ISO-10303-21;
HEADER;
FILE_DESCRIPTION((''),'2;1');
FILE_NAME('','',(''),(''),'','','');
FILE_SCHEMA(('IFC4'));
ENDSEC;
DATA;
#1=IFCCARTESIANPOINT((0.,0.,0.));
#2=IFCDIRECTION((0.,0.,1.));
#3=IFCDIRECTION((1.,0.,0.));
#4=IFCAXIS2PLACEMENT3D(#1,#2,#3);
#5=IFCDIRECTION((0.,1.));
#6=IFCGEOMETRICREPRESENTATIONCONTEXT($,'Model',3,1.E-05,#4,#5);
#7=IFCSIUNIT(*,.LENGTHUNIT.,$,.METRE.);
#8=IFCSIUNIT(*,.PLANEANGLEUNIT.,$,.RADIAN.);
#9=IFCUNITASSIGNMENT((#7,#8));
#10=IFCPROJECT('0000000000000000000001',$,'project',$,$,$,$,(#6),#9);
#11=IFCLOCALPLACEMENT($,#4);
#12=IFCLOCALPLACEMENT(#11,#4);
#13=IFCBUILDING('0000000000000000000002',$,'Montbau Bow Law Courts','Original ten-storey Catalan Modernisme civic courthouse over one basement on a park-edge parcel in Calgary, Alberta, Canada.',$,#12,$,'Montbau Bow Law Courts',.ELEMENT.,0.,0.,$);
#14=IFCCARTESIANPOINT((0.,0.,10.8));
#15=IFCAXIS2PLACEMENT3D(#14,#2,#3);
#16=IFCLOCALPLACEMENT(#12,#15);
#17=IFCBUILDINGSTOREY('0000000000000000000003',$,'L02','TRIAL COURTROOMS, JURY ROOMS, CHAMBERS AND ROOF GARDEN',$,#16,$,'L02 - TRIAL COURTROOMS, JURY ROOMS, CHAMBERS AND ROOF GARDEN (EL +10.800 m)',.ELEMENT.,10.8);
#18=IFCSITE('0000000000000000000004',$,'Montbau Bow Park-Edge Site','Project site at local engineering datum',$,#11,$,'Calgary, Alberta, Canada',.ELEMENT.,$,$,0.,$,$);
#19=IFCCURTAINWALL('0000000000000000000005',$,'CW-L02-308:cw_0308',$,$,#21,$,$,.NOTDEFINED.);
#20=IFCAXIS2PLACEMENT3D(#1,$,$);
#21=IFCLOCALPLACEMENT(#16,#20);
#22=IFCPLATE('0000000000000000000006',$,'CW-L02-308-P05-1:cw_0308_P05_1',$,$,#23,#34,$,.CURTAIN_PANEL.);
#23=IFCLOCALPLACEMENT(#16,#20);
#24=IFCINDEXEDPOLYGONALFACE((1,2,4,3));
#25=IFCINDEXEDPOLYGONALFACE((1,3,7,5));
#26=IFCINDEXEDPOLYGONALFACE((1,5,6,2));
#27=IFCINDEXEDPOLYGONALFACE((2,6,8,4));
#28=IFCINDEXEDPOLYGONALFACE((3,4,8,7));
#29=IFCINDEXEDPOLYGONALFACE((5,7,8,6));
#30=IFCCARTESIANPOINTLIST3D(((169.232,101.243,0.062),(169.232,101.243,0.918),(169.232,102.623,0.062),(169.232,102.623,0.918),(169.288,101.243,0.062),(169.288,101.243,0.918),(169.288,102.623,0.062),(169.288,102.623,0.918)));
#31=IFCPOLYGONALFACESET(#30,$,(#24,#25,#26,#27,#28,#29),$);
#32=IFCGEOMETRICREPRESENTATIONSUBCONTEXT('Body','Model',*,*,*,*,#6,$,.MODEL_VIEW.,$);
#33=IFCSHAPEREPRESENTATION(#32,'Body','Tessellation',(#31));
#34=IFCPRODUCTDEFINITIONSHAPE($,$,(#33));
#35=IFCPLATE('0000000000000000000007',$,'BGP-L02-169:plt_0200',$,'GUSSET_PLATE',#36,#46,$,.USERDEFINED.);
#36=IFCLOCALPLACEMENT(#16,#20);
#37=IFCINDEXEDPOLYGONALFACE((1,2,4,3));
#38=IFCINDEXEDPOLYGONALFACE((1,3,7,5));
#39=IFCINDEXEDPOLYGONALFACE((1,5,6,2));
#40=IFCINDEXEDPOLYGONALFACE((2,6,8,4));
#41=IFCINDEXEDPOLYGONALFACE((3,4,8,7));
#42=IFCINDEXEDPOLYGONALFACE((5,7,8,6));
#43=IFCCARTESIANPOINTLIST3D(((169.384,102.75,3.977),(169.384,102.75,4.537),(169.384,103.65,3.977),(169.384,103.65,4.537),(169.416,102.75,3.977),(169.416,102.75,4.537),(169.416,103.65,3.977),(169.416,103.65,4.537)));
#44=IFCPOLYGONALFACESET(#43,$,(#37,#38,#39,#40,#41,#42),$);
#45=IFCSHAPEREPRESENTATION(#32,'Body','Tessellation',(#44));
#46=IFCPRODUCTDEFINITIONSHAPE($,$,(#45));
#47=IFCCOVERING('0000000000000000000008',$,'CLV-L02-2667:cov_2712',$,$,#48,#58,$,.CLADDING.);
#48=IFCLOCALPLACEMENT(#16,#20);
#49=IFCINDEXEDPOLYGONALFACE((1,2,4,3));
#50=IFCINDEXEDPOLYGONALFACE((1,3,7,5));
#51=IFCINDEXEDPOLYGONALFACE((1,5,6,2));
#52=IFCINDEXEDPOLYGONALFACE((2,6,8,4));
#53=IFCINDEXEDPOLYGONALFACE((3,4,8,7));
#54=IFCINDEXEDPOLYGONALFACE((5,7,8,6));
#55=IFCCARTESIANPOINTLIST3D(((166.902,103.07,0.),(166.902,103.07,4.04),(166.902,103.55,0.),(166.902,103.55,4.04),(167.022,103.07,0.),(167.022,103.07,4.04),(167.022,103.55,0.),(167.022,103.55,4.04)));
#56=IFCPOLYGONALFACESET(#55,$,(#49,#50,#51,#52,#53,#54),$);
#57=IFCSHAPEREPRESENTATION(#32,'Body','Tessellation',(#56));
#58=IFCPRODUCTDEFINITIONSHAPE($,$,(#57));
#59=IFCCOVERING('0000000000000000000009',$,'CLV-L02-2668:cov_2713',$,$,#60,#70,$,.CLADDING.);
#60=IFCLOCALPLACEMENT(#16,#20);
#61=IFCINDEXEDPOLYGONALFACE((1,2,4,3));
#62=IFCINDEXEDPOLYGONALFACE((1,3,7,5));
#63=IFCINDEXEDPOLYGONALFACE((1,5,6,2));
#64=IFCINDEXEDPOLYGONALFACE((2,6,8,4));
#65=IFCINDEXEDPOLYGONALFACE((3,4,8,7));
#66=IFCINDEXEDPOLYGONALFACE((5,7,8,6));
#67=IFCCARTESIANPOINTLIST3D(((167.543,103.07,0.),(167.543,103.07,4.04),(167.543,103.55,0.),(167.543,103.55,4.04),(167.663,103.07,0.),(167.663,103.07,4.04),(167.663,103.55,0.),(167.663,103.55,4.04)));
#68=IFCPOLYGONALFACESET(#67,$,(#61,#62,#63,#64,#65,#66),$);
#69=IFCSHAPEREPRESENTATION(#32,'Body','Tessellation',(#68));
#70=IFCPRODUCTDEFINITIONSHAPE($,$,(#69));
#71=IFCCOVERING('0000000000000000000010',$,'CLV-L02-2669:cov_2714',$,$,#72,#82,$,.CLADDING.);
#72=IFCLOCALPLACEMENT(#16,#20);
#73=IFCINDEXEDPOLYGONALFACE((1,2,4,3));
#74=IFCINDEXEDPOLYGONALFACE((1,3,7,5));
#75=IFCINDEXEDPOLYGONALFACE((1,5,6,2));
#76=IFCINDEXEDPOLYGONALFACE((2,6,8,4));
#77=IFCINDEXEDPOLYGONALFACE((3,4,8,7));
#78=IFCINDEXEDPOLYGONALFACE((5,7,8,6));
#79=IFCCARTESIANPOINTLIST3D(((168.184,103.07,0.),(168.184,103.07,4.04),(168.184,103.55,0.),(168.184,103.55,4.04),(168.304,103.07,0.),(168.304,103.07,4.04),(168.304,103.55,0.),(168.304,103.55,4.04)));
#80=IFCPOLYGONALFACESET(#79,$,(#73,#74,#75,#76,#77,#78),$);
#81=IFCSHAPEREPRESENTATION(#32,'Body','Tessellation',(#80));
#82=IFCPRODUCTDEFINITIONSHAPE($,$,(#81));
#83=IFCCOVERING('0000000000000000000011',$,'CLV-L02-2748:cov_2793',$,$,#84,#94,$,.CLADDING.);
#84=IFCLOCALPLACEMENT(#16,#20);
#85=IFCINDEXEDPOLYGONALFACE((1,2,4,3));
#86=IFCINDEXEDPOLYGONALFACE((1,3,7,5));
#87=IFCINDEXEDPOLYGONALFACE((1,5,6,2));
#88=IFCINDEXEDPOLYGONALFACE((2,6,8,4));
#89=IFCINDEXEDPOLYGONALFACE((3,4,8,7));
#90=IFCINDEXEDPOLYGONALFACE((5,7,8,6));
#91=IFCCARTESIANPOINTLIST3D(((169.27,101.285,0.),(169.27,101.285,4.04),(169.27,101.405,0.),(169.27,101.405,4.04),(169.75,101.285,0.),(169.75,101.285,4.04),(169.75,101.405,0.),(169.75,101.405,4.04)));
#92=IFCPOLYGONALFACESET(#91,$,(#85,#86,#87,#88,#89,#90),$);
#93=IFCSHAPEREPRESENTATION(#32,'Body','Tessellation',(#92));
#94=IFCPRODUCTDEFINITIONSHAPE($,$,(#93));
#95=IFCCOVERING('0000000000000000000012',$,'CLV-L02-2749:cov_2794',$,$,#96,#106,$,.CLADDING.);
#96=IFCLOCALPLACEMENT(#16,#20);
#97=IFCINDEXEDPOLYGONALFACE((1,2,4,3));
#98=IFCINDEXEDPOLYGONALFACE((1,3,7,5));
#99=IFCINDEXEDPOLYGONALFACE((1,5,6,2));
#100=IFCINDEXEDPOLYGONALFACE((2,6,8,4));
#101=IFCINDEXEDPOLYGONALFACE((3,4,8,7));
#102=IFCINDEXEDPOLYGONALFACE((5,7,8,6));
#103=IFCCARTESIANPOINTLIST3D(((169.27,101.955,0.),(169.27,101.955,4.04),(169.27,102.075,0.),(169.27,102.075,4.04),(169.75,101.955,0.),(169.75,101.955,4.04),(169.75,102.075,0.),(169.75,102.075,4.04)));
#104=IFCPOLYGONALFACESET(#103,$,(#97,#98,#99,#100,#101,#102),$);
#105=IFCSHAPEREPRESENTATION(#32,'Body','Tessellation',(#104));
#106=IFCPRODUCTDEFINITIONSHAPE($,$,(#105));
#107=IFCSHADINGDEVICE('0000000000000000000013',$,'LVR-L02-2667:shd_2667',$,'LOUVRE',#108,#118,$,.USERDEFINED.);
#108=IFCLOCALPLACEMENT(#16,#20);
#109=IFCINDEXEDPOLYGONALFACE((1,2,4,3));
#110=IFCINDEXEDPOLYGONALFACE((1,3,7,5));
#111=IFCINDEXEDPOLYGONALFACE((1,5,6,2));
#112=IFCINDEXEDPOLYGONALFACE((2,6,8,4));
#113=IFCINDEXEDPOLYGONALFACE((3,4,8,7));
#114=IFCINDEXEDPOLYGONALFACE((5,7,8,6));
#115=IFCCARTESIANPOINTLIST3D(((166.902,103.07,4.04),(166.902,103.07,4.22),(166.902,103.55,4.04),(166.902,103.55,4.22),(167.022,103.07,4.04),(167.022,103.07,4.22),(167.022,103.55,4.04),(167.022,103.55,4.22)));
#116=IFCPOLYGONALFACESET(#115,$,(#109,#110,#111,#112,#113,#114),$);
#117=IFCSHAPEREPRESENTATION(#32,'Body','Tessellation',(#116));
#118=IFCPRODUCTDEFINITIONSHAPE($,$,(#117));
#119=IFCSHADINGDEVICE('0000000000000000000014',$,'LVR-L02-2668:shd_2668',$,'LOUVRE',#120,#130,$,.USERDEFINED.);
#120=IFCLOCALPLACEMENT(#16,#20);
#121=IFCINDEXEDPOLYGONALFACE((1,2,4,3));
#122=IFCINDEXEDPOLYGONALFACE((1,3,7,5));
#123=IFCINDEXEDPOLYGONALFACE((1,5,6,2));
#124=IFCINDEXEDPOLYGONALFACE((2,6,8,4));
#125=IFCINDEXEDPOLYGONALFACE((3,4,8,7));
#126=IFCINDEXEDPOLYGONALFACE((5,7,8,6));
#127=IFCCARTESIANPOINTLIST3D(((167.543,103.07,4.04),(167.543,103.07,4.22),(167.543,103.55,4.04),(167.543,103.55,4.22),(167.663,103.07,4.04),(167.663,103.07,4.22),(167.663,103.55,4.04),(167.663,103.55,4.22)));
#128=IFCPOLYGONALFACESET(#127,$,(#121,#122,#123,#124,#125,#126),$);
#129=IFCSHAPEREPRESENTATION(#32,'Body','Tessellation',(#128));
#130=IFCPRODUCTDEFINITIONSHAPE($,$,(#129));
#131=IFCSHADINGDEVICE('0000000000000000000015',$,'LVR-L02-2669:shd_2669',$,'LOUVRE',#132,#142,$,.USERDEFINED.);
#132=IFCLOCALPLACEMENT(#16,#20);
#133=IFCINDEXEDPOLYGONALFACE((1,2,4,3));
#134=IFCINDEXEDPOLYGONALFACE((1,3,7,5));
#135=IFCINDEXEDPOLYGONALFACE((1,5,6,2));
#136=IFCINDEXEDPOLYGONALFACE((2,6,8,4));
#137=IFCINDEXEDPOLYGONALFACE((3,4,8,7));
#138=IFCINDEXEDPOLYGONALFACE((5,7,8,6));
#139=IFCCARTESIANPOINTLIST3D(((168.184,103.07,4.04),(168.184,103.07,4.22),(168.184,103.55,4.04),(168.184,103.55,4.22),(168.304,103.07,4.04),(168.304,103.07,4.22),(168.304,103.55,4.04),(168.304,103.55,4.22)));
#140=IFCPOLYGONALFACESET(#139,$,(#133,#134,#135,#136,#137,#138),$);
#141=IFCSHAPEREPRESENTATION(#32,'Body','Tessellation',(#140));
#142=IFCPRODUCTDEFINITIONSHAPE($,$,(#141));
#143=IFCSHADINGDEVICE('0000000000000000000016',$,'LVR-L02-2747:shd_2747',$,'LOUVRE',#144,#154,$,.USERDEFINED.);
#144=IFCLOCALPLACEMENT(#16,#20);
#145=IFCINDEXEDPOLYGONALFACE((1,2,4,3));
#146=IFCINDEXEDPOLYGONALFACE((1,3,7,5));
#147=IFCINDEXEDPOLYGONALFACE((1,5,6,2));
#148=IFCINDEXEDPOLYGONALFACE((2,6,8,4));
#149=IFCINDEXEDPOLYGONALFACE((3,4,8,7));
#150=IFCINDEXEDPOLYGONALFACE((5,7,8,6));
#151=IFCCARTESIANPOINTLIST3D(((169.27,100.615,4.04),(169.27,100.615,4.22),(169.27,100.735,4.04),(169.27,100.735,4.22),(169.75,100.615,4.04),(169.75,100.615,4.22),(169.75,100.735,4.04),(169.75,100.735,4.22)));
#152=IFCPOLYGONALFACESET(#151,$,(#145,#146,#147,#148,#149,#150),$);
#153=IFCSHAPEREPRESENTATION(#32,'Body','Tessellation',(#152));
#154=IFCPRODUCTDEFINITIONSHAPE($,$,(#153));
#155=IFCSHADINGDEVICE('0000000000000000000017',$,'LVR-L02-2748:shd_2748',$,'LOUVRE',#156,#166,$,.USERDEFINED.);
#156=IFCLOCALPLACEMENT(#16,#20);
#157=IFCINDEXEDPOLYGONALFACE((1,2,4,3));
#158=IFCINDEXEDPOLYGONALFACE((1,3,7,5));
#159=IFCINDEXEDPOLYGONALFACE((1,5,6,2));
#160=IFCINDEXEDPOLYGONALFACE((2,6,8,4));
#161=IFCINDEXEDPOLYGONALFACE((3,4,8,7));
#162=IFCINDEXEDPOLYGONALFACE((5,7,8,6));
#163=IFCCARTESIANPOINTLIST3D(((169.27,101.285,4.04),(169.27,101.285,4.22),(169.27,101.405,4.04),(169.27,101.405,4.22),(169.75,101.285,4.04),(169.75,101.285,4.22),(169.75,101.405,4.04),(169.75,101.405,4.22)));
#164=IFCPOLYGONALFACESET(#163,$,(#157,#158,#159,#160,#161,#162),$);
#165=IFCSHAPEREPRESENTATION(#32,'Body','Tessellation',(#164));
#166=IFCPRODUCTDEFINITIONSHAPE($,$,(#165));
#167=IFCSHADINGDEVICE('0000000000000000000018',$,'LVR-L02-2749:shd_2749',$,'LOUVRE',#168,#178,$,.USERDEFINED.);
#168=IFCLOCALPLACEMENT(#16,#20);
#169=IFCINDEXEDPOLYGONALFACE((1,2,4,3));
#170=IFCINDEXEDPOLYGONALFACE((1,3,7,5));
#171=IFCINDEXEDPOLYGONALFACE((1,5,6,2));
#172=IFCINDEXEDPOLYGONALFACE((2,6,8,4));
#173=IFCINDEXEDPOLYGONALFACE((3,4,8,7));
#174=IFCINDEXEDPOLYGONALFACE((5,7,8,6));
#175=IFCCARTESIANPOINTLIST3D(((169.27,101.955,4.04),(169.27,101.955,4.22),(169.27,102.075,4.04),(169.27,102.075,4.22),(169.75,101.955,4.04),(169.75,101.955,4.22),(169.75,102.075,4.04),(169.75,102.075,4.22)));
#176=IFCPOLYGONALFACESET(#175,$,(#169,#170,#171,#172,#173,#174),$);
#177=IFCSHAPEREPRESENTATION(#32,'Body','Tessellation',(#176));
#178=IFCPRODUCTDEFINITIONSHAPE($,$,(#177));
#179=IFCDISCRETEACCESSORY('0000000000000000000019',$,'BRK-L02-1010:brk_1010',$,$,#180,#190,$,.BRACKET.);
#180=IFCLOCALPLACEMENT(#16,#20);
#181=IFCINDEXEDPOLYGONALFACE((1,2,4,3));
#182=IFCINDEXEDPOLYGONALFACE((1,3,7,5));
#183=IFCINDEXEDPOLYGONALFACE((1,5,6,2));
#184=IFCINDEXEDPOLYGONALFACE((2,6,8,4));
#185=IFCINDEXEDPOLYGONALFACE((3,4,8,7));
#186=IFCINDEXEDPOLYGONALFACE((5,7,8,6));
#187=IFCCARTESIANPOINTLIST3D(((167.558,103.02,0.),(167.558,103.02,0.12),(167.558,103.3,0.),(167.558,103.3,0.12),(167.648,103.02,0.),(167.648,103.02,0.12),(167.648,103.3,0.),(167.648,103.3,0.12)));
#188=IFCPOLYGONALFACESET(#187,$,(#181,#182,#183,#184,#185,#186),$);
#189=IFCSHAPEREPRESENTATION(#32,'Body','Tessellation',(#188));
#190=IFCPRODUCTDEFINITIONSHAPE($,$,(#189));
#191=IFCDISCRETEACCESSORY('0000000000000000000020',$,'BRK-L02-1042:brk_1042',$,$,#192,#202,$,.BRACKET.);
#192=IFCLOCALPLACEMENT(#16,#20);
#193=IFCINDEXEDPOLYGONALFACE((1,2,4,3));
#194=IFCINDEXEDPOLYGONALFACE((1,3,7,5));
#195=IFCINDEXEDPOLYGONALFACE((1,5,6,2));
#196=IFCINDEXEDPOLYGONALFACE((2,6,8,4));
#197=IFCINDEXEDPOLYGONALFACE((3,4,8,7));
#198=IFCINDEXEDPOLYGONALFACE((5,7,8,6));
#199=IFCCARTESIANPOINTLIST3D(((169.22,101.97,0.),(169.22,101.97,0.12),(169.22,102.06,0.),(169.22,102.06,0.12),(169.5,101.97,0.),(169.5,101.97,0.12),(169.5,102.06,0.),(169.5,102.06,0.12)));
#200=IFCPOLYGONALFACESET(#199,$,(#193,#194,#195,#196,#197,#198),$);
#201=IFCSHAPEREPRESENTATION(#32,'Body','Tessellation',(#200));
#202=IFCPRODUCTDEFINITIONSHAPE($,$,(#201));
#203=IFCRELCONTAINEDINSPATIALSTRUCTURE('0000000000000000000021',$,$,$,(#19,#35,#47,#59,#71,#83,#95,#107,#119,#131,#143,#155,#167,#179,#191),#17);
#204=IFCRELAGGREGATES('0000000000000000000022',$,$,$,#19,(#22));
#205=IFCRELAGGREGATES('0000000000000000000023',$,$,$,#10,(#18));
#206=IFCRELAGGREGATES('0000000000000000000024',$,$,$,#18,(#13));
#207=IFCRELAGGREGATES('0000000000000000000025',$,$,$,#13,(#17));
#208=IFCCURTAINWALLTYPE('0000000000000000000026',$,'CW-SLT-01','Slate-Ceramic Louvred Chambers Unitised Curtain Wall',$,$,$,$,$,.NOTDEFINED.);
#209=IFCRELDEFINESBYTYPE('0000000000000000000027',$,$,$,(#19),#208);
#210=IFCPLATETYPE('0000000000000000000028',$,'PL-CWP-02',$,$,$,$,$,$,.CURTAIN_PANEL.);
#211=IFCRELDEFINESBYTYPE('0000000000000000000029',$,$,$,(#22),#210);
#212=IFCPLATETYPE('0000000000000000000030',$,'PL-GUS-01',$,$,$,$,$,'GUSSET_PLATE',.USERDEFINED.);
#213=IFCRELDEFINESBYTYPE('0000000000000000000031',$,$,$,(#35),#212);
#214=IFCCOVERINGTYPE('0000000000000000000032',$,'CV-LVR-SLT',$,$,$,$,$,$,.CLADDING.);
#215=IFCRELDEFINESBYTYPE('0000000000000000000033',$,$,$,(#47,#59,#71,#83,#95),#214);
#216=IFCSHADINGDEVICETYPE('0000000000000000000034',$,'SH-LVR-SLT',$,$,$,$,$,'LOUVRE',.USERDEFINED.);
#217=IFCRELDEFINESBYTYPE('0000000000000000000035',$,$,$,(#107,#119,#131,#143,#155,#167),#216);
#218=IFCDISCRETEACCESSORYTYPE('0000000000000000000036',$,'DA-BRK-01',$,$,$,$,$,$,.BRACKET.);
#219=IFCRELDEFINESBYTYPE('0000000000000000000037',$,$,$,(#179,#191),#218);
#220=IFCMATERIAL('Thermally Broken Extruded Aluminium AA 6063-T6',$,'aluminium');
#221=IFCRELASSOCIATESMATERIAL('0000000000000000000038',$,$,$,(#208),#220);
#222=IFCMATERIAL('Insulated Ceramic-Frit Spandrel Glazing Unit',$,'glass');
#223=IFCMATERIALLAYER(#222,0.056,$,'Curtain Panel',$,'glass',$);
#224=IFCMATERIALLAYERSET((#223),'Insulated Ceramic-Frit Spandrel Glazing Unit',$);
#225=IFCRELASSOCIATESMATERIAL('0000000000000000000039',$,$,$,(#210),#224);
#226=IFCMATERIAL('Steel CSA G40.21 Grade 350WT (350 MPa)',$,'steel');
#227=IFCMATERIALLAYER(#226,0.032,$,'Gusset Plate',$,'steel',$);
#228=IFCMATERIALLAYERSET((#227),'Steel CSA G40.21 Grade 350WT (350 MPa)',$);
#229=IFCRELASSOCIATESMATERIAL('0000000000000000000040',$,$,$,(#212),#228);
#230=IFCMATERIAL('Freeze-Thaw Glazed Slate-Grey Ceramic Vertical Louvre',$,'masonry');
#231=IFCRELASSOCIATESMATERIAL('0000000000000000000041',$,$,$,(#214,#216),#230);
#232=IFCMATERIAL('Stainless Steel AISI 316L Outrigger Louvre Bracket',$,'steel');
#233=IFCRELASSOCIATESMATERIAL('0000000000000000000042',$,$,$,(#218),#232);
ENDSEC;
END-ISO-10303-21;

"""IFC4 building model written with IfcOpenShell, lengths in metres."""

from ifc_helpers import new_model, si_unit, direction, frame, frame_2d, origin_with_axes, origin_2d_with_axis, place, context, subcontext, project, spatial, rectangle, extrude, material, layer, layer_set, type_object, element, aggregate, save


model = new_model("IFC4")

# Units and contexts
model_context = context("Model", 3, precision=1e-05, world=origin_with_axes(), true_north=direction((0.0, 1.0)))
body_context = subcontext(model_context, "Body", "Model", "MODEL_VIEW")
ifc_project = project(units=[si_unit("LENGTHUNIT", "METRE"), si_unit("PLANEANGLEUNIT", "RADIAN")], contexts=[model_context])

# Site, building, storey
site_placement = place(None, origin_with_axes())
site = spatial("IfcSite", under=ifc_project, at=site_placement, Name="Montbau Bow Park-Edge Site", Description="Project site at local engineering datum", LongName="Calgary, Alberta, Canada", CompositionType="ELEMENT", RefElevation=0.0)
building_placement = place(site_placement, origin_with_axes())
building = spatial("IfcBuilding", under=site, at=building_placement, Name="Montbau Bow Law Courts", Description="Original ten-storey Catalan Modernisme civic courthouse over one basement on a park-edge parcel in Calgary, Alberta, Canada.", LongName="Montbau Bow Law Courts", CompositionType="ELEMENT", ElevationOfRefHeight=0.0, ElevationOfTerrain=0.0)
storey_placement = place(building_placement, frame((0.0, 0.0, 10.8), z_axis=(0.0, 0.0, 1.0), x_axis=(1.0, 0.0, 0.0)))
storey = spatial("IfcBuildingStorey", under=building, at=storey_placement, Name="L02", Description="TRIAL COURTROOMS, JURY ROOMS, CHAMBERS AND ROOF GARDEN", LongName="L02 - TRIAL COURTROOMS, JURY ROOMS, CHAMBERS AND ROOF GARDEN (EL +10.800 m)", CompositionType="ELEMENT", Elevation=10.8)

# Curtain wall
ifc_material_1 = material(Name="Thermally Broken Extruded Aluminium AA 6063-T6", Category="aluminium")
curtain_wall_type = type_object("IfcCurtainWallType", Name="CW-SLT-01", Description="Slate-Ceramic Louvred Chambers Unitised Curtain Wall", PredefinedType="NOTDEFINED", material=ifc_material_1)
curtain_wall_1_placement = place(None, frame((169.26, 95.315, 10.8), z_axis=(0.0, 0.0, 1.0), x_axis=(1.0, 0.0, 0.0)))
curtain_wall_1 = element("IfcCurtainWall", 1, at=curtain_wall_1_placement, inside=storey, type_object=curtain_wall_type, Name="CW-L02-308:cw_0308", PredefinedType="NOTDEFINED")

# Plates
ifc_material_2 = material(Name="Insulated Ceramic-Frit Spandrel Glazing Unit", Category="glass")
ifc_layer_1 = layer(ifc_material_2, 0.056, Name="Curtain Panel", Category="glass")
ifc_layer_set_1 = layer_set([ifc_layer_1], Name="Insulated Ceramic-Frit Spandrel Glazing Unit")
plate_type_1 = type_object("IfcPlateType", Name="PL-CWP-02", PredefinedType="CURTAIN_PANEL", material=ifc_layer_set_1)
plate_1_placement = place(None, frame((169.26, 101.243, 10.862), z_axis=(1.0, 0.0, 0.0), x_axis=(0.0, 1.0, 0.0)))
plate_1 = element("IfcPlate", 2, at=plate_1_placement, type_object=plate_type_1, Name="CW-L02-308-P05-1:cw_0308_P05_1", PredefinedType="CURTAIN_PANEL", context=body_context, shape_type="SweptSolid", body=[
    extrude(rectangle(XDim=1.38, YDim=0.856, at=frame_2d((0.69, 0.428), x_axis=(1.0, 0.0))), frame((0.0, 0.0, -0.028), z_axis=(0.0, 0.0, 1.0), x_axis=(1.0, 0.0, 0.0)), (0.0, 0.0, 1.0), 0.056),
])
aggregate(curtain_wall_1, [plate_1])
ifc_material_3 = material(Name="Steel CSA G40.21 Grade 350WT (350 MPa)", Category="steel")
ifc_layer_2 = layer(ifc_material_3, 0.032, Name="Gusset Plate", Category="steel")
ifc_layer_set_2 = layer_set([ifc_layer_2], Name="Steel CSA G40.21 Grade 350WT (350 MPa)")
plate_type_2 = type_object("IfcPlateType", Name="PL-GUS-01", ElementType="GUSSET_PLATE", PredefinedType="USERDEFINED", material=ifc_layer_set_2)
plate_2_placement = place(None, frame((169.4, 103.2, 14.777), z_axis=(0.0, 0.0, 1.0), x_axis=(0.0, 1.0, 0.0)))
element("IfcPlate", 3, at=plate_2_placement, inside=storey, type_object=plate_type_2, Name="BGP-L02-169:plt_0200", ObjectType="GUSSET_PLATE", PredefinedType="USERDEFINED", context=body_context, shape_type="SweptSolid", body=[
    extrude(rectangle(XDim=0.9, YDim=0.032, at=origin_2d_with_axis()), origin_with_axes(), (0.0, 0.0, 1.0), 0.56),
])

# Coverings
ifc_material_4 = material(Name="Freeze-Thaw Glazed Slate-Grey Ceramic Vertical Louvre", Category="masonry")
covering_type = type_object("IfcCoveringType", Name="CV-LVR-SLT", PredefinedType="CLADDING", material=ifc_material_4)
for number, where, z_axis, x_axis, name in (
    (4, (166.962, 103.07, 10.8), (1.0, 0.0, 0.0), (0.0, 1.0, 0.0), "CLV-L02-2667:cov_2712"),
    (5, (167.603, 103.07, 10.8), (1.0, 0.0, 0.0), (0.0, 1.0, 0.0), "CLV-L02-2668:cov_2713"),
    (6, (168.244, 103.07, 10.8), (1.0, 0.0, 0.0), (0.0, 1.0, 0.0), "CLV-L02-2669:cov_2714"),
    (7, (169.27, 101.345, 10.8), (0.0, -1.0, 0.0), (1.0, 0.0, 0.0), "CLV-L02-2748:cov_2793"),
    (8, (169.27, 102.015, 10.8), (0.0, -1.0, 0.0), (1.0, 0.0, 0.0), "CLV-L02-2749:cov_2794"),
):
    element("IfcCovering", number, at=place(None, frame(where, z_axis=z_axis, x_axis=x_axis)), inside=storey, type_object=covering_type, Name=name, PredefinedType="CLADDING", context=body_context, shape_type="SweptSolid", body=[
        extrude(rectangle(XDim=0.48, YDim=4.04, at=frame_2d((0.24, 2.02), x_axis=(1.0, 0.0))), frame((0.0, 0.0, -0.06), z_axis=(0.0, 0.0, 1.0), x_axis=(1.0, 0.0, 0.0)), (0.0, 0.0, 1.0), 0.12),
    ])

# Shading devices
shading_device_type = type_object("IfcShadingDeviceType", Name="SH-LVR-SLT", ElementType="LOUVRE", PredefinedType="USERDEFINED", material=ifc_material_4)
for number, where, z_axis, x_axis, name in (
    (9, (166.962, 103.31, 14.84), (0.0, 0.0, 1.0), (0.0, 1.0, 0.0), "LVR-L02-2667:shd_2667"),
    (10, (167.603, 103.31, 14.84), (0.0, 0.0, 1.0), (0.0, 1.0, 0.0), "LVR-L02-2668:shd_2668"),
    (11, (168.244, 103.31, 14.84), (0.0, 0.0, 1.0), (0.0, 1.0, 0.0), "LVR-L02-2669:shd_2669"),
    (12, (169.51, 100.675, 14.84), (0.0, 0.0, 1.0), (1.0, 0.0, 0.0), "LVR-L02-2747:shd_2747"),
    (13, (169.51, 101.345, 14.84), (0.0, 0.0, 1.0), (1.0, 0.0, 0.0), "LVR-L02-2748:shd_2748"),
    (14, (169.51, 102.015, 14.84), (0.0, 0.0, 1.0), (1.0, 0.0, 0.0), "LVR-L02-2749:shd_2749"),
):
    element("IfcShadingDevice", number, at=place(None, frame(where, z_axis=z_axis, x_axis=x_axis)), inside=storey, type_object=shading_device_type, Name=name, ObjectType="LOUVRE", PredefinedType="USERDEFINED", context=body_context, shape_type="SweptSolid", body=[
        extrude(rectangle(XDim=0.48, YDim=0.12, at=origin_2d_with_axis()), origin_with_axes(), (0.0, 0.0, 1.0), 0.18),
    ])

# Discrete accessories
ifc_material_5 = material(Name="Stainless Steel AISI 316L Outrigger Louvre Bracket", Category="steel")
discrete_accessory_type = type_object("IfcDiscreteAccessoryType", Name="DA-BRK-01", PredefinedType="BRACKET", material=ifc_material_5)
for number, where, z_axis, x_axis, name in (
    (15, (167.603, 103.16, 10.8), (0.0, 0.0, 1.0), (0.0, 1.0, 0.0), "BRK-L02-1010:brk_1010"),
    (16, (169.36, 102.015, 10.8), (0.0, 0.0, 1.0), (1.0, 0.0, 0.0), "BRK-L02-1042:brk_1042"),
):
    element("IfcDiscreteAccessory", number, at=place(None, frame(where, z_axis=z_axis, x_axis=x_axis)), inside=storey, type_object=discrete_accessory_type, Name=name, PredefinedType="BRACKET", context=body_context, shape_type="SweptSolid", body=[
        extrude(rectangle(XDim=0.28, YDim=0.09, at=origin_2d_with_axis()), origin_with_axes(), (0.0, 0.0, 1.0), 0.12),
    ])

save(model, "model.ifc")
